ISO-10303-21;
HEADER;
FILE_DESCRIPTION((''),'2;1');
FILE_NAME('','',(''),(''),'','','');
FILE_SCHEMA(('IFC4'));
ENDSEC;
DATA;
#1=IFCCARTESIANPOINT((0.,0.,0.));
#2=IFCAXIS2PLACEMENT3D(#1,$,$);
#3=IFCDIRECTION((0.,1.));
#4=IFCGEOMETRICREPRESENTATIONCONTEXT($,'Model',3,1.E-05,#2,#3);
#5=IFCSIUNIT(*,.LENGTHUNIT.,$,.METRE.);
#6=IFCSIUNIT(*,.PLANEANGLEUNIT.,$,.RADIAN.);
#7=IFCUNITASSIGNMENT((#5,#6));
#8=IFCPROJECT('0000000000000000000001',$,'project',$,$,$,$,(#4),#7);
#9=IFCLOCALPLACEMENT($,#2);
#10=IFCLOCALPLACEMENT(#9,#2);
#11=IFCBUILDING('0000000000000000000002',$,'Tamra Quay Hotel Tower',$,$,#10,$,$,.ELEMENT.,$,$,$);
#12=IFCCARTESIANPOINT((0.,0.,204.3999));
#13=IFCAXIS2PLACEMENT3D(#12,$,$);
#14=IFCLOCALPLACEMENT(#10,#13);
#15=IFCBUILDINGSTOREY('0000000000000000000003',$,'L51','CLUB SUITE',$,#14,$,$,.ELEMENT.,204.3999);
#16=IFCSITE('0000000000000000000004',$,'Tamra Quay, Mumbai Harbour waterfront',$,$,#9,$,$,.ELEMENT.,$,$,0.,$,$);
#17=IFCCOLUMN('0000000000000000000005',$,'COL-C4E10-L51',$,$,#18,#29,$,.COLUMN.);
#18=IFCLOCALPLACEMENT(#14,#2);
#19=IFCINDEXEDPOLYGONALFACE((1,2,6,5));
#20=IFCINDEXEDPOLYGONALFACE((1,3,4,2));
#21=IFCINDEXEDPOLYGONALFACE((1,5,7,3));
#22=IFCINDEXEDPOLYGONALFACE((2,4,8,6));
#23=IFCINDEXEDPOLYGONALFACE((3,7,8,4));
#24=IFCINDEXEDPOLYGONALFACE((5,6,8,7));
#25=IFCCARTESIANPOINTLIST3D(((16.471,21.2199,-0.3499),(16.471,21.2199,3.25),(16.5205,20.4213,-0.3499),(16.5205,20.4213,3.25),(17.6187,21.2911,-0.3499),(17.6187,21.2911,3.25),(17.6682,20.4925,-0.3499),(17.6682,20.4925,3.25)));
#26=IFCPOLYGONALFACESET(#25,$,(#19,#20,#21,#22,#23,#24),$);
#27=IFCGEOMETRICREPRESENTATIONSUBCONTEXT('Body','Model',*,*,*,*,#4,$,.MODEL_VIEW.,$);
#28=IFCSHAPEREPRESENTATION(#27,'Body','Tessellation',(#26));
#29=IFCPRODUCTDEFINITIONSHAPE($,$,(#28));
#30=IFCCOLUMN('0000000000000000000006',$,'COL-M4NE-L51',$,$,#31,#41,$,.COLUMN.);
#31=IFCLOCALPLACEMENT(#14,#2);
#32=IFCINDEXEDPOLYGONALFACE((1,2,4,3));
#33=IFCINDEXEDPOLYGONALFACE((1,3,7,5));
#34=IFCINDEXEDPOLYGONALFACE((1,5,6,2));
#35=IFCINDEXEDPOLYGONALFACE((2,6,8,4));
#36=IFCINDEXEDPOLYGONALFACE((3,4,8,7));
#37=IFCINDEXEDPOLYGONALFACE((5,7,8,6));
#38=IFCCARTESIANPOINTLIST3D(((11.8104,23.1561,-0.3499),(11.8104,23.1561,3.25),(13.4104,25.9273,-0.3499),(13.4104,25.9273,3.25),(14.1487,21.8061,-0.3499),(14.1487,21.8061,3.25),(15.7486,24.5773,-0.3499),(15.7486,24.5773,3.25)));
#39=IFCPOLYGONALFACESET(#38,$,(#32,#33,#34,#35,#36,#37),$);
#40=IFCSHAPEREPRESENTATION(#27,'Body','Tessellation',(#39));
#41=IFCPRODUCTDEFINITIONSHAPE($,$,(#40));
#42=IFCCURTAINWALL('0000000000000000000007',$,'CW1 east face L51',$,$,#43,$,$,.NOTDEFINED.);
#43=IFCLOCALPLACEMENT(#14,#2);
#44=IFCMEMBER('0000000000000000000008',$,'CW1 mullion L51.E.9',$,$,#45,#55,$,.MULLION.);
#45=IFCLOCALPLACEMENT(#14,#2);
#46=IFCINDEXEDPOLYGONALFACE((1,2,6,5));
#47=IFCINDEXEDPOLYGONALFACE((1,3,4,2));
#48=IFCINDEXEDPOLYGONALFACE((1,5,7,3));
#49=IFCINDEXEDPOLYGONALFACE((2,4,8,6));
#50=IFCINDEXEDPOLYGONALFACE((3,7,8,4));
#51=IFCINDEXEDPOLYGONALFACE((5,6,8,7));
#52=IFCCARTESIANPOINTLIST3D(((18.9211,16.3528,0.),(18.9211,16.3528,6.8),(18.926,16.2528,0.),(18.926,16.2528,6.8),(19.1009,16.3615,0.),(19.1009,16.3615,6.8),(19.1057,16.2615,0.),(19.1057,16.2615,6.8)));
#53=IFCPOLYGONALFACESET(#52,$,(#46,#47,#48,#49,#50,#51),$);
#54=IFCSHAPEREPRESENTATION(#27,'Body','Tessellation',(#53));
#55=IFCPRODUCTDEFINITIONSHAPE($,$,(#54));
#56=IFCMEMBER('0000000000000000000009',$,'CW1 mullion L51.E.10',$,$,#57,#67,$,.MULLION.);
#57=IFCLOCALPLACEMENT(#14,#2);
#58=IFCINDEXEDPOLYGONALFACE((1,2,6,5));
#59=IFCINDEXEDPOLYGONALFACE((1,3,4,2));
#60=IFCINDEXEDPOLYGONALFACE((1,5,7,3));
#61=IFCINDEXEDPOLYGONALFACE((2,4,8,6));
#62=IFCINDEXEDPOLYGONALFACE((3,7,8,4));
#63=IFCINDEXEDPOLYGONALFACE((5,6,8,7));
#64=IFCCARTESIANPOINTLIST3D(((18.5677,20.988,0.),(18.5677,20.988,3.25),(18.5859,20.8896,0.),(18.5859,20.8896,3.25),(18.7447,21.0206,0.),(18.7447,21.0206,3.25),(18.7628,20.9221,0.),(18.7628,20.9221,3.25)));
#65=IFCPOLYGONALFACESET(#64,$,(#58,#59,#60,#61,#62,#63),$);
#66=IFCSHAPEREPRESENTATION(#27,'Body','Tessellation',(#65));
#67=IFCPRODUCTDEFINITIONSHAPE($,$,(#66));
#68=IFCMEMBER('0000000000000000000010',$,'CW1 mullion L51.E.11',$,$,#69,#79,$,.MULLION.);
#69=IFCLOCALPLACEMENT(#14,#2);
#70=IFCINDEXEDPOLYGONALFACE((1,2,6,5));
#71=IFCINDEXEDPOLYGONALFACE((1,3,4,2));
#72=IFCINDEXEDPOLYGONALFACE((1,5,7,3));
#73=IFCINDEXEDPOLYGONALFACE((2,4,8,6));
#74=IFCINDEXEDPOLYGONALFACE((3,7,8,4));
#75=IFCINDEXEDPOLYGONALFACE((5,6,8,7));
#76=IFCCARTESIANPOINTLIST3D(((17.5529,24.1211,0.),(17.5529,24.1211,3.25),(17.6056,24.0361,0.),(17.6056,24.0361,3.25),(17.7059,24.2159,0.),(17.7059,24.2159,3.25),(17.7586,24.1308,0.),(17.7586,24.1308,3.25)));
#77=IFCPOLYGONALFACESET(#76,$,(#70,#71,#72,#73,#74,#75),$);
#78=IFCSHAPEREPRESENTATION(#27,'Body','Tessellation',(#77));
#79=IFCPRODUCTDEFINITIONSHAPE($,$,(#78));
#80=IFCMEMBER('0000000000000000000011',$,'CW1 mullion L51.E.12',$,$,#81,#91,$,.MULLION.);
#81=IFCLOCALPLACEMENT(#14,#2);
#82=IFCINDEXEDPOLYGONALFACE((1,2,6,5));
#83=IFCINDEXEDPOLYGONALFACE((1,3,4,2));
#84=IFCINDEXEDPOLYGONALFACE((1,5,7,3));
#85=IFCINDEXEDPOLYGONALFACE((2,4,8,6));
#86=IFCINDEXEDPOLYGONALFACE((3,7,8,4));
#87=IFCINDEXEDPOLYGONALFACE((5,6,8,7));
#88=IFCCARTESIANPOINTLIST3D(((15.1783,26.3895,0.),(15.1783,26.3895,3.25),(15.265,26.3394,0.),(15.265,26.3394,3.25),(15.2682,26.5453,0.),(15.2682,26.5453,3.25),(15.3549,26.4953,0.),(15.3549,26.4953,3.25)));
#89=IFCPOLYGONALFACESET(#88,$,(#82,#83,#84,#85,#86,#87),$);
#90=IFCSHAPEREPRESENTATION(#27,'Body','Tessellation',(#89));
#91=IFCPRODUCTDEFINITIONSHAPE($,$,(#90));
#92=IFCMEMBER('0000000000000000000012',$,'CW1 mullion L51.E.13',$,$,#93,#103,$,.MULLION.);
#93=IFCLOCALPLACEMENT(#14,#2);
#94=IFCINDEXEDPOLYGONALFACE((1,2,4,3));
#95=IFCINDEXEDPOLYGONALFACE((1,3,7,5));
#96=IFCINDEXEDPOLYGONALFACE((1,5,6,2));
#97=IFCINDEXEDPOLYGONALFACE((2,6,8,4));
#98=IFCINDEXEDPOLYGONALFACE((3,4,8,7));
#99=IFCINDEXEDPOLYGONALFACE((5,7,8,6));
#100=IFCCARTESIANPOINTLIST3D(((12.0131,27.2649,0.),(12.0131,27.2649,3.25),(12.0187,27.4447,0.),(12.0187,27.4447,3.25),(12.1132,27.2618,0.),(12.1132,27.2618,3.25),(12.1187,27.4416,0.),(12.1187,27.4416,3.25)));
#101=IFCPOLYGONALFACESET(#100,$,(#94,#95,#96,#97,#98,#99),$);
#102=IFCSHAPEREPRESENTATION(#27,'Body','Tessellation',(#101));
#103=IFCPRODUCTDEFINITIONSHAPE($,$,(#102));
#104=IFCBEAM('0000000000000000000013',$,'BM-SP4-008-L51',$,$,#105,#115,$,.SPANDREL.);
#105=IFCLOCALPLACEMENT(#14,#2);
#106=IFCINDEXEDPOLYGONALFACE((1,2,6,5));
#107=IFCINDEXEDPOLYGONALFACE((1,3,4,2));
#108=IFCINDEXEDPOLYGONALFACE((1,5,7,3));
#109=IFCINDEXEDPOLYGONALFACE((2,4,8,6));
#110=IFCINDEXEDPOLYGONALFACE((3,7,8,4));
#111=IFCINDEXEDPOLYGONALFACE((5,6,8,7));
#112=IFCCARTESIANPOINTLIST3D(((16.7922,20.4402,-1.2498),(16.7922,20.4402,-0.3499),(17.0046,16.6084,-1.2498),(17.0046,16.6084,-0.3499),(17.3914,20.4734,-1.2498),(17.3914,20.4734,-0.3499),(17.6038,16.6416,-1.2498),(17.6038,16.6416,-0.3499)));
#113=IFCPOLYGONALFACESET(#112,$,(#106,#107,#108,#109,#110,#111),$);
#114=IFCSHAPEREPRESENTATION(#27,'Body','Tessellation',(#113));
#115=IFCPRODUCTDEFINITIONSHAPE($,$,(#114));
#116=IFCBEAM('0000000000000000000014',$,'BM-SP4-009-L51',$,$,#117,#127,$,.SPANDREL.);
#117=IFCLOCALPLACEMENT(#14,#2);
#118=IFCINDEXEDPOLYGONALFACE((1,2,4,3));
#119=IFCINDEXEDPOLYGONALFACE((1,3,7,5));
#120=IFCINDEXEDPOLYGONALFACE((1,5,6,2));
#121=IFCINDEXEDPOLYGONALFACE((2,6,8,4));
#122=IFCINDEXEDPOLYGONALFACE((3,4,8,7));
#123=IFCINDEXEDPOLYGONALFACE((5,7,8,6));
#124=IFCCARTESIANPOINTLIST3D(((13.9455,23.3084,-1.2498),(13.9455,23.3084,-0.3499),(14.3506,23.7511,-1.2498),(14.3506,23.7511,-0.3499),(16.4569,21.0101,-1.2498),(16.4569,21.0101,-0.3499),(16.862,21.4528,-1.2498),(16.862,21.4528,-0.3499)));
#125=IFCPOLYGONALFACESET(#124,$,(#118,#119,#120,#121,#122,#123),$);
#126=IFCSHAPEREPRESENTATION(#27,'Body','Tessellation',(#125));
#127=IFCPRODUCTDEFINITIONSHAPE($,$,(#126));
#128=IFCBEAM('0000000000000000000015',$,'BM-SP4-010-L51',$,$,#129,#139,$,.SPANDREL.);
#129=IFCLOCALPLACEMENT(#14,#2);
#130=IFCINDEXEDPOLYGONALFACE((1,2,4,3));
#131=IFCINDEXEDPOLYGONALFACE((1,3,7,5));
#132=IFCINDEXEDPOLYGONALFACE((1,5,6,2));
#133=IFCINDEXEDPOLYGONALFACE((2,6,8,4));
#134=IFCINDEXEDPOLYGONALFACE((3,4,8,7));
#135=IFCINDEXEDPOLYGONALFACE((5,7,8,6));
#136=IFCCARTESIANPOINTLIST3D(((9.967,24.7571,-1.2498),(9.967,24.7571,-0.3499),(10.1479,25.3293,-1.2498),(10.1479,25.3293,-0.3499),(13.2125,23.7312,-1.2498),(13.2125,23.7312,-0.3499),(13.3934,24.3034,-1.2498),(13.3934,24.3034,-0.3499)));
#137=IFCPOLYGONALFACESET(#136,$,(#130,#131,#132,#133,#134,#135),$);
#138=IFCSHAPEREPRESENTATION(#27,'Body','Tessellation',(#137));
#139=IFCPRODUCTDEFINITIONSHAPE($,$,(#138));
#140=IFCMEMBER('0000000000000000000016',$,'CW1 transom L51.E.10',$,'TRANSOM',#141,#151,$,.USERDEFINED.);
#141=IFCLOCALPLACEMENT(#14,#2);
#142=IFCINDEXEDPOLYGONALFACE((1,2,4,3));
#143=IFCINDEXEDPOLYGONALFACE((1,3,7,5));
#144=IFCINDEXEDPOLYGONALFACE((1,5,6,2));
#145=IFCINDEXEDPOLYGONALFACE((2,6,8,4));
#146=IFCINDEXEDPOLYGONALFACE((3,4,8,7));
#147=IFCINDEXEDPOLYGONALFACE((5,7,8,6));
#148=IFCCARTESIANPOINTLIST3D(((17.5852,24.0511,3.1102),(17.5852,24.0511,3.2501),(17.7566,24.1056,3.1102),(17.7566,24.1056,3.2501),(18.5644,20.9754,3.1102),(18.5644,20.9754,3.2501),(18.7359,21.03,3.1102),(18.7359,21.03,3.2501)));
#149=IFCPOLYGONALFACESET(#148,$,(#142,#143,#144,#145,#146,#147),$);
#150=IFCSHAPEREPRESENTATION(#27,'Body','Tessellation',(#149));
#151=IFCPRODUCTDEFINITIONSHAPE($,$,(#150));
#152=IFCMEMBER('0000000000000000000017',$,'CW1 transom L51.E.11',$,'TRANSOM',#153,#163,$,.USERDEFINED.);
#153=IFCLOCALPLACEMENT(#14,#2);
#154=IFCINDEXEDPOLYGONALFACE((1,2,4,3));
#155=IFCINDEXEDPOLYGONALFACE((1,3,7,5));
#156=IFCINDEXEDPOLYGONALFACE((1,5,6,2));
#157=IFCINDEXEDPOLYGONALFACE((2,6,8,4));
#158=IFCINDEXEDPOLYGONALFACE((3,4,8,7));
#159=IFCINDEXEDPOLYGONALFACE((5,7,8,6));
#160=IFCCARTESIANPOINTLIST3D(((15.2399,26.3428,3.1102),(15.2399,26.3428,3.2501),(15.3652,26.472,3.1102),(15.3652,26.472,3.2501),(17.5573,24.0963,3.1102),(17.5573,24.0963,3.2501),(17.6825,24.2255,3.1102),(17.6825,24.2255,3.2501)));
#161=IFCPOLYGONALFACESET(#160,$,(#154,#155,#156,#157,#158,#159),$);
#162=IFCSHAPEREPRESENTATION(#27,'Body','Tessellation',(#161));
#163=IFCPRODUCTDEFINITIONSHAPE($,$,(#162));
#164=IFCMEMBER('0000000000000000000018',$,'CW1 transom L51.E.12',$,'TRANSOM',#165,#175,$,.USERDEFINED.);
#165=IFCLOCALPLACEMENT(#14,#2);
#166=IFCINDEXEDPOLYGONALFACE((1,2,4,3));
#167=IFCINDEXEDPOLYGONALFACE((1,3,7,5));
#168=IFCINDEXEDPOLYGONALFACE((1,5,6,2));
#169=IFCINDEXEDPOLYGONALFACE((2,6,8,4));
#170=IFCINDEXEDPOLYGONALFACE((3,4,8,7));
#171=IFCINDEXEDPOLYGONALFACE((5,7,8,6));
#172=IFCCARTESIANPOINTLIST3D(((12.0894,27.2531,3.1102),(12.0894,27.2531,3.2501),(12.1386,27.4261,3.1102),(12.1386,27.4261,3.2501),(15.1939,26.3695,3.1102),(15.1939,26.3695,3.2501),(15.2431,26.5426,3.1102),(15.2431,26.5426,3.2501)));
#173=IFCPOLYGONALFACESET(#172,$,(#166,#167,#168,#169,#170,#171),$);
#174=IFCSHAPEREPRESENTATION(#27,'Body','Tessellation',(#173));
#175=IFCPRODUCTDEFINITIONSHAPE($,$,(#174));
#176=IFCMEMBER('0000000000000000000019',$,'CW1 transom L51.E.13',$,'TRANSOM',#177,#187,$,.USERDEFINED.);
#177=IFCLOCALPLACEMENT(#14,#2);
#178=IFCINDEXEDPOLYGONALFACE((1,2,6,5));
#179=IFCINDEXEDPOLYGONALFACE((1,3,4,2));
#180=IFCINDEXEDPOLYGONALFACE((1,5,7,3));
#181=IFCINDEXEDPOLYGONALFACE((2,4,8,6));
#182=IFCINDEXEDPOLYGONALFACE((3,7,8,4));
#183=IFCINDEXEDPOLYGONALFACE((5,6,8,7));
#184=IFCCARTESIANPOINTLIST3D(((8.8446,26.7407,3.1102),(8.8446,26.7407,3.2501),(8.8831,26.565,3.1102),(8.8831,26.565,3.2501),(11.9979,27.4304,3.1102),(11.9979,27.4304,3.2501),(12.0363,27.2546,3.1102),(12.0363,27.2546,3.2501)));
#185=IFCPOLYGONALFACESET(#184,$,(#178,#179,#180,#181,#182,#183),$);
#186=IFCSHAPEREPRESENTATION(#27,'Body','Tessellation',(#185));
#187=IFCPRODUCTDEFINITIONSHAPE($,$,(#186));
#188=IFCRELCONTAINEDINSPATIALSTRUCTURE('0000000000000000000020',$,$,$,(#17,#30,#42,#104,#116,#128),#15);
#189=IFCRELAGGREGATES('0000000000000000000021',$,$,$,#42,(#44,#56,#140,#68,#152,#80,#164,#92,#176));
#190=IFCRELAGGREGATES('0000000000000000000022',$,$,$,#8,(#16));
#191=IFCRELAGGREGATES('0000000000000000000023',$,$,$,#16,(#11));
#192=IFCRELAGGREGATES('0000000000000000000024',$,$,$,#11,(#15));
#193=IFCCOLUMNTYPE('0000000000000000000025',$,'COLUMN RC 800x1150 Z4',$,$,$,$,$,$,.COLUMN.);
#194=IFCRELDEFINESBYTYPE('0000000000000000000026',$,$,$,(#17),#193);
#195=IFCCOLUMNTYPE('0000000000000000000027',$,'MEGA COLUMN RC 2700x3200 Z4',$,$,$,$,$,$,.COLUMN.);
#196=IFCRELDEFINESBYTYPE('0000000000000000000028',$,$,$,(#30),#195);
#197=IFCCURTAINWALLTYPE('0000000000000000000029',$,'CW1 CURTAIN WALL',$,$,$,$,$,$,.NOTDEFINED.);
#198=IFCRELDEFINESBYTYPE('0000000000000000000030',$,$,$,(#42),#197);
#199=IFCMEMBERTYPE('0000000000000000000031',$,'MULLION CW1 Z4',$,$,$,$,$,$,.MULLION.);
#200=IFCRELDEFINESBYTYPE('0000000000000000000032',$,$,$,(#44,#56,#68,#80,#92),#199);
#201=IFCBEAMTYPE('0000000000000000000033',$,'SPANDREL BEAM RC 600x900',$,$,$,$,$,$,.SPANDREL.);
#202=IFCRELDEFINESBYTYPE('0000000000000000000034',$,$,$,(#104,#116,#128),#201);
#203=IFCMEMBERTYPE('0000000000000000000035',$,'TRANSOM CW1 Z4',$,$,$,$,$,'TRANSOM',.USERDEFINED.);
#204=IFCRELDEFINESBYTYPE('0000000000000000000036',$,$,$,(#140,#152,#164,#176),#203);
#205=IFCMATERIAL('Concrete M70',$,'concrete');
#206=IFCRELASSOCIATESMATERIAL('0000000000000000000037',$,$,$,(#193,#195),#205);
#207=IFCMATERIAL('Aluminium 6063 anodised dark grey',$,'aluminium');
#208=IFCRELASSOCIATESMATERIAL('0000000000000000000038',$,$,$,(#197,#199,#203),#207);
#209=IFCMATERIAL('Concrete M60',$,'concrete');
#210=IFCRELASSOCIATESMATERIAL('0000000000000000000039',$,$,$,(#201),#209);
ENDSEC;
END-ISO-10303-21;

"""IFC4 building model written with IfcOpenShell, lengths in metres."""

from ifc_helpers import new_model, si_unit, direction, frame, origin, origin_2d, place, context, subcontext, project, spatial, rectangle, extrude, material, material_profile, profile_set, type_object, element, aggregate, save


model = new_model("IFC4")

# Units and contexts
model_context = context("Model", 3, precision=1e-05, world=origin(), true_north=direction((0.0, 1.0)))
body_context = subcontext(model_context, "Body", "Model", "MODEL_VIEW")
ifc_project = project(units=[si_unit("LENGTHUNIT", "METRE"), si_unit("PLANEANGLEUNIT", "RADIAN")], contexts=[model_context])

# Site, building, storey
site_placement = place(None, origin())
site = spatial("IfcSite", under=ifc_project, at=site_placement, Name="Tamra Quay, Mumbai Harbour waterfront", CompositionType="ELEMENT", RefElevation=0.0)
building_placement = place(site_placement, origin())
building = spatial("IfcBuilding", under=site, at=building_placement, Name="Tamra Quay Hotel Tower", CompositionType="ELEMENT")
storey_placement = place(building_placement, frame((0.0, 0.0, 204.3999)))
storey = spatial("IfcBuildingStorey", under=building, at=storey_placement, Name="L51", Description="CLUB SUITE", CompositionType="ELEMENT", Elevation=204.3999)

# Columns
ifc_material_1 = material(Name="Concrete M70", Category="concrete")
ifc_material_profile_1 = material_profile(ifc_material_1, rectangle(XDim=1.1499, YDim=0.8, at=origin_2d()), Name="COLUMN RC 800x1150 Z4")
ifc_profile_set_1 = profile_set([ifc_material_profile_1], Name="Concrete M70")
column_type_1 = type_object("IfcColumnType", Name="COLUMN RC 800x1150 Z4", PredefinedType="COLUMN", material=ifc_profile_set_1)
column_1_placement = place(storey_placement, frame((17.0696, 20.8562, -0.3499), z_axis=(0.0, 0.0, 1.0), x_axis=(0.998081, 0.061921, 0.0)))
element("IfcColumn", 1, at=column_1_placement, inside=storey, type_object=column_type_1, Name="COL-C4E10-L51", PredefinedType="COLUMN", context=body_context, shape_type="SweptSolid", body=[
    extrude(rectangle(XDim=1.1499, YDim=0.8, at=origin_2d()), origin(), (0.0, 0.0, 1.0), 3.5999),
])
ifc_material_profile_2 = material_profile(ifc_material_1, rectangle(XDim=3.2, YDim=2.7, at=origin_2d()), Name="MEGA COLUMN RC 2700x3200 Z4")
ifc_profile_set_2 = profile_set([ifc_material_profile_2], Name="Concrete M70")
column_type_2 = type_object("IfcColumnType", Name="MEGA COLUMN RC 2700x3200 Z4", PredefinedType="COLUMN", material=ifc_profile_set_2)
column_2_placement = place(storey_placement, frame((13.7795, 23.8667, -0.3499), z_axis=(0.0, 0.0, 1.0), x_axis=(0.5, 0.866025, 0.0)))
element("IfcColumn", 2, at=column_2_placement, inside=storey, type_object=column_type_2, Name="COL-M4NE-L51", PredefinedType="COLUMN", context=body_context, shape_type="SweptSolid", body=[
    extrude(rectangle(XDim=3.2, YDim=2.7, at=origin_2d()), origin(), (0.0, 0.0, 1.0), 3.5999),
])

# Curtain wall, members
ifc_material_2 = material(Name="Aluminium 6063 anodised dark grey", Category="aluminium")
curtain_wall_type = type_object("IfcCurtainWallType", Name="CW1 CURTAIN WALL", PredefinedType="NOTDEFINED", material=ifc_material_2)
curtain_wall_placement = place(storey_placement, origin())
curtain_wall = element("IfcCurtainWall", 3, at=curtain_wall_placement, inside=storey, type_object=curtain_wall_type, Name="CW1 east face L51", PredefinedType="NOTDEFINED")
ifc_material_profile_3 = material_profile(ifc_material_2, rectangle(XDim=0.1799, YDim=0.1001, at=origin_2d()), Name="MULLION 100X180")
ifc_profile_set_3 = profile_set([ifc_material_profile_3], Name="Aluminium 6063 anodised dark grey")
member_type_1 = type_object("IfcMemberType", Name="MULLION CW1 Z4", PredefinedType="MULLION", material=ifc_profile_set_3)
member_1_placement = place(storey_placement, frame((19.0134, 16.3071, 0.0), z_axis=(0.0, 0.0, 1.0), x_axis=(0.998823, 0.04851, 0.0)))
member_1 = element("IfcMember", 4, at=member_1_placement, type_object=member_type_1, Name="CW1 mullion L51.E.9", PredefinedType="MULLION", context=body_context, shape_type="SweptSolid", body=[
    extrude(rectangle(XDim=0.1799, YDim=0.1001, at=origin_2d()), origin(), (0.0, 0.0, 1.0), 6.8),
])
member_2_placement = place(storey_placement, frame((18.6653, 20.9551, 0.0), z_axis=(0.0, 0.0, 1.0), x_axis=(0.983509, 0.180857, 0.0)))
member_2 = element("IfcMember", 5, at=member_2_placement, type_object=member_type_1, Name="CW1 mullion L51.E.10", PredefinedType="MULLION", context=body_context, shape_type="SweptSolid", body=[
    extrude(rectangle(XDim=0.1799, YDim=0.1001, at=origin_2d()), origin(), (0.0, 0.0, 1.0), 3.25),
])
member_3_placement = place(storey_placement, frame((17.6558, 24.126, 0.0), z_axis=(0.0, 0.0, 1.0), x_axis=(0.850122, 0.526586, 0.0)))
member_3 = element("IfcMember", 6, at=member_3_placement, type_object=member_type_1, Name="CW1 mullion L51.E.11", PredefinedType="MULLION", context=body_context, shape_type="SweptSolid", body=[
    extrude(rectangle(XDim=0.1799, YDim=0.1001, at=origin_2d()), origin(), (0.0, 0.0, 1.0), 3.25),
])
member_4_placement = place(storey_placement, frame((15.2666, 26.4424, 0.0), z_axis=(0.0, 0.0, 1.0), x_axis=(0.5, 0.866025, 0.0)))
member_4 = element("IfcMember", 7, at=member_4_placement, type_object=member_type_1, Name="CW1 mullion L51.E.12", PredefinedType="MULLION", context=body_context, shape_type="SweptSolid", body=[
    extrude(rectangle(XDim=0.1799, YDim=0.1001, at=origin_2d()), origin(), (0.0, 0.0, 1.0), 3.25),
])
member_5_placement = place(storey_placement, frame((12.0659, 27.3533, 0.0), z_axis=(0.0, 0.0, 1.0), x_axis=(0.030975, 0.99952, 0.0)))
member_5 = element("IfcMember", 8, at=member_5_placement, type_object=member_type_1, Name="CW1 mullion L51.E.13", PredefinedType="MULLION", context=body_context, shape_type="SweptSolid", body=[
    extrude(rectangle(XDim=0.1799, YDim=0.1001, at=origin_2d()), origin(), (0.0, 0.0, 1.0), 3.25),
])

# Beams
ifc_material_3 = material(Name="Concrete M60", Category="concrete")
ifc_material_profile_4 = material_profile(ifc_material_3, rectangle(XDim=0.6001, YDim=0.8999, at=origin_2d()), Name="SPANDREL BEAM RC 600x900")
ifc_profile_set_4 = profile_set([ifc_material_profile_4], Name="Concrete M60")
beam_type = type_object("IfcBeamType", Name="SPANDREL BEAM RC 600x900", PredefinedType="SPANDREL", material=ifc_profile_set_4)
beam_1_placement = place(storey_placement, frame((17.3042, 16.625, -0.7998), z_axis=(-0.055347, 0.998467, 0.0), x_axis=(-0.998467, -0.055347, 0.0)))
element("IfcBeam", 9, at=beam_1_placement, inside=storey, type_object=beam_type, Name="BM-SP4-008-L51", PredefinedType="SPANDREL", context=body_context, shape_type="SweptSolid", body=[
    extrude(rectangle(XDim=0.6001, YDim=0.8999, at=origin_2d()), origin(), (0.0, 0.0, 1.0), 3.8376),
])
beam_2_placement = place(storey_placement, frame((16.6594, 21.2314, -0.7998), z_axis=(-0.737716, 0.675111, 0.0), x_axis=(-0.675111, -0.737716, 0.0)))
element("IfcBeam", 10, at=beam_2_placement, inside=storey, type_object=beam_type, Name="BM-SP4-009-L51", PredefinedType="SPANDREL", context=body_context, shape_type="SweptSolid", body=[
    extrude(rectangle(XDim=0.6001, YDim=0.8999, at=origin_2d()), origin(), (0.0, 0.0, 1.0), 3.4043),
])
beam_3_placement = place(storey_placement, frame((13.303, 24.0173, -0.7998), z_axis=(-0.953502, 0.301385, 0.0), x_axis=(-0.301385, -0.953502, 0.0)))
element("IfcBeam", 11, at=beam_3_placement, inside=storey, type_object=beam_type, Name="BM-SP4-010-L51", PredefinedType="SPANDREL", context=body_context, shape_type="SweptSolid", body=[
    extrude(rectangle(XDim=0.6001, YDim=0.8999, at=origin_2d()), origin(), (0.0, 0.0, 1.0), 3.4038),
])

# Members
ifc_material_profile_5 = material_profile(ifc_material_2, rectangle(XDim=0.1799, YDim=0.1399, at=origin_2d()), Name="TRANSOM 180X140")
ifc_profile_set_5 = profile_set([ifc_material_profile_5], Name="Aluminium 6063 anodised dark grey")
member_type_2 = type_object("IfcMemberType", Name="TRANSOM CW1 Z4", ElementType="TRANSOM", PredefinedType="USERDEFINED", material=ifc_profile_set_5)
member_6_placement = place(storey_placement, frame((18.6501, 21.0027, 3.1802), z_axis=(-0.303378, 0.95287, 0.0), x_axis=(-0.95287, -0.303378, 0.0)))
member_6 = element("IfcMember", 12, at=member_6_placement, type_object=member_type_2, Name="CW1 transom L51.E.10", ObjectType="TRANSOM", PredefinedType="USERDEFINED", context=body_context, shape_type="SweptSolid", body=[
    extrude(rectangle(XDim=0.1799, YDim=0.1399, at=origin_2d()), origin(), (0.0, 0.0, 1.0), 3.2278),
])
member_7_placement = place(storey_placement, frame((17.6199, 24.1609, 3.1802), z_axis=(-0.71799, 0.696054, 0.0), x_axis=(-0.696054, -0.71799, 0.0)))
member_7 = element("IfcMember", 13, at=member_7_placement, type_object=member_type_2, Name="CW1 transom L51.E.11", ObjectType="TRANSOM", PredefinedType="USERDEFINED", context=body_context, shape_type="SweptSolid", body=[
    extrude(rectangle(XDim=0.1799, YDim=0.1399, at=origin_2d()), origin(), (0.0, 0.0, 1.0), 3.2275),
])
member_8_placement = place(storey_placement, frame((15.2185, 26.4561, 3.1802), z_axis=(-0.961806, 0.273732, 0.0), x_axis=(-0.273732, -0.961806, 0.0)))
member_8 = element("IfcMember", 14, at=member_8_placement, type_object=member_type_2, Name="CW1 transom L51.E.12", ObjectType="TRANSOM", PredefinedType="USERDEFINED", context=body_context, shape_type="SweptSolid", body=[
    extrude(rectangle(XDim=0.1799, YDim=0.1399, at=origin_2d()), origin(), (0.0, 0.0, 1.0), 3.2278),
])
member_9_placement = place(storey_placement, frame((12.0171, 27.3425, 3.1802), z_axis=(-0.976906, -0.21367, 0.0), x_axis=(0.21367, -0.976906, 0.0)))
member_9 = element("IfcMember", 15, at=member_9_placement, type_object=member_type_2, Name="CW1 transom L51.E.13", ObjectType="TRANSOM", PredefinedType="USERDEFINED", context=body_context, shape_type="SweptSolid", body=[
    extrude(rectangle(XDim=0.1799, YDim=0.1399, at=origin_2d()), origin(), (0.0, 0.0, 1.0), 3.2278),
])

aggregate(curtain_wall, [member_1, member_2, member_6, member_3, member_7, member_4, member_8, member_5, member_9])

save(model, "model.ifc")
